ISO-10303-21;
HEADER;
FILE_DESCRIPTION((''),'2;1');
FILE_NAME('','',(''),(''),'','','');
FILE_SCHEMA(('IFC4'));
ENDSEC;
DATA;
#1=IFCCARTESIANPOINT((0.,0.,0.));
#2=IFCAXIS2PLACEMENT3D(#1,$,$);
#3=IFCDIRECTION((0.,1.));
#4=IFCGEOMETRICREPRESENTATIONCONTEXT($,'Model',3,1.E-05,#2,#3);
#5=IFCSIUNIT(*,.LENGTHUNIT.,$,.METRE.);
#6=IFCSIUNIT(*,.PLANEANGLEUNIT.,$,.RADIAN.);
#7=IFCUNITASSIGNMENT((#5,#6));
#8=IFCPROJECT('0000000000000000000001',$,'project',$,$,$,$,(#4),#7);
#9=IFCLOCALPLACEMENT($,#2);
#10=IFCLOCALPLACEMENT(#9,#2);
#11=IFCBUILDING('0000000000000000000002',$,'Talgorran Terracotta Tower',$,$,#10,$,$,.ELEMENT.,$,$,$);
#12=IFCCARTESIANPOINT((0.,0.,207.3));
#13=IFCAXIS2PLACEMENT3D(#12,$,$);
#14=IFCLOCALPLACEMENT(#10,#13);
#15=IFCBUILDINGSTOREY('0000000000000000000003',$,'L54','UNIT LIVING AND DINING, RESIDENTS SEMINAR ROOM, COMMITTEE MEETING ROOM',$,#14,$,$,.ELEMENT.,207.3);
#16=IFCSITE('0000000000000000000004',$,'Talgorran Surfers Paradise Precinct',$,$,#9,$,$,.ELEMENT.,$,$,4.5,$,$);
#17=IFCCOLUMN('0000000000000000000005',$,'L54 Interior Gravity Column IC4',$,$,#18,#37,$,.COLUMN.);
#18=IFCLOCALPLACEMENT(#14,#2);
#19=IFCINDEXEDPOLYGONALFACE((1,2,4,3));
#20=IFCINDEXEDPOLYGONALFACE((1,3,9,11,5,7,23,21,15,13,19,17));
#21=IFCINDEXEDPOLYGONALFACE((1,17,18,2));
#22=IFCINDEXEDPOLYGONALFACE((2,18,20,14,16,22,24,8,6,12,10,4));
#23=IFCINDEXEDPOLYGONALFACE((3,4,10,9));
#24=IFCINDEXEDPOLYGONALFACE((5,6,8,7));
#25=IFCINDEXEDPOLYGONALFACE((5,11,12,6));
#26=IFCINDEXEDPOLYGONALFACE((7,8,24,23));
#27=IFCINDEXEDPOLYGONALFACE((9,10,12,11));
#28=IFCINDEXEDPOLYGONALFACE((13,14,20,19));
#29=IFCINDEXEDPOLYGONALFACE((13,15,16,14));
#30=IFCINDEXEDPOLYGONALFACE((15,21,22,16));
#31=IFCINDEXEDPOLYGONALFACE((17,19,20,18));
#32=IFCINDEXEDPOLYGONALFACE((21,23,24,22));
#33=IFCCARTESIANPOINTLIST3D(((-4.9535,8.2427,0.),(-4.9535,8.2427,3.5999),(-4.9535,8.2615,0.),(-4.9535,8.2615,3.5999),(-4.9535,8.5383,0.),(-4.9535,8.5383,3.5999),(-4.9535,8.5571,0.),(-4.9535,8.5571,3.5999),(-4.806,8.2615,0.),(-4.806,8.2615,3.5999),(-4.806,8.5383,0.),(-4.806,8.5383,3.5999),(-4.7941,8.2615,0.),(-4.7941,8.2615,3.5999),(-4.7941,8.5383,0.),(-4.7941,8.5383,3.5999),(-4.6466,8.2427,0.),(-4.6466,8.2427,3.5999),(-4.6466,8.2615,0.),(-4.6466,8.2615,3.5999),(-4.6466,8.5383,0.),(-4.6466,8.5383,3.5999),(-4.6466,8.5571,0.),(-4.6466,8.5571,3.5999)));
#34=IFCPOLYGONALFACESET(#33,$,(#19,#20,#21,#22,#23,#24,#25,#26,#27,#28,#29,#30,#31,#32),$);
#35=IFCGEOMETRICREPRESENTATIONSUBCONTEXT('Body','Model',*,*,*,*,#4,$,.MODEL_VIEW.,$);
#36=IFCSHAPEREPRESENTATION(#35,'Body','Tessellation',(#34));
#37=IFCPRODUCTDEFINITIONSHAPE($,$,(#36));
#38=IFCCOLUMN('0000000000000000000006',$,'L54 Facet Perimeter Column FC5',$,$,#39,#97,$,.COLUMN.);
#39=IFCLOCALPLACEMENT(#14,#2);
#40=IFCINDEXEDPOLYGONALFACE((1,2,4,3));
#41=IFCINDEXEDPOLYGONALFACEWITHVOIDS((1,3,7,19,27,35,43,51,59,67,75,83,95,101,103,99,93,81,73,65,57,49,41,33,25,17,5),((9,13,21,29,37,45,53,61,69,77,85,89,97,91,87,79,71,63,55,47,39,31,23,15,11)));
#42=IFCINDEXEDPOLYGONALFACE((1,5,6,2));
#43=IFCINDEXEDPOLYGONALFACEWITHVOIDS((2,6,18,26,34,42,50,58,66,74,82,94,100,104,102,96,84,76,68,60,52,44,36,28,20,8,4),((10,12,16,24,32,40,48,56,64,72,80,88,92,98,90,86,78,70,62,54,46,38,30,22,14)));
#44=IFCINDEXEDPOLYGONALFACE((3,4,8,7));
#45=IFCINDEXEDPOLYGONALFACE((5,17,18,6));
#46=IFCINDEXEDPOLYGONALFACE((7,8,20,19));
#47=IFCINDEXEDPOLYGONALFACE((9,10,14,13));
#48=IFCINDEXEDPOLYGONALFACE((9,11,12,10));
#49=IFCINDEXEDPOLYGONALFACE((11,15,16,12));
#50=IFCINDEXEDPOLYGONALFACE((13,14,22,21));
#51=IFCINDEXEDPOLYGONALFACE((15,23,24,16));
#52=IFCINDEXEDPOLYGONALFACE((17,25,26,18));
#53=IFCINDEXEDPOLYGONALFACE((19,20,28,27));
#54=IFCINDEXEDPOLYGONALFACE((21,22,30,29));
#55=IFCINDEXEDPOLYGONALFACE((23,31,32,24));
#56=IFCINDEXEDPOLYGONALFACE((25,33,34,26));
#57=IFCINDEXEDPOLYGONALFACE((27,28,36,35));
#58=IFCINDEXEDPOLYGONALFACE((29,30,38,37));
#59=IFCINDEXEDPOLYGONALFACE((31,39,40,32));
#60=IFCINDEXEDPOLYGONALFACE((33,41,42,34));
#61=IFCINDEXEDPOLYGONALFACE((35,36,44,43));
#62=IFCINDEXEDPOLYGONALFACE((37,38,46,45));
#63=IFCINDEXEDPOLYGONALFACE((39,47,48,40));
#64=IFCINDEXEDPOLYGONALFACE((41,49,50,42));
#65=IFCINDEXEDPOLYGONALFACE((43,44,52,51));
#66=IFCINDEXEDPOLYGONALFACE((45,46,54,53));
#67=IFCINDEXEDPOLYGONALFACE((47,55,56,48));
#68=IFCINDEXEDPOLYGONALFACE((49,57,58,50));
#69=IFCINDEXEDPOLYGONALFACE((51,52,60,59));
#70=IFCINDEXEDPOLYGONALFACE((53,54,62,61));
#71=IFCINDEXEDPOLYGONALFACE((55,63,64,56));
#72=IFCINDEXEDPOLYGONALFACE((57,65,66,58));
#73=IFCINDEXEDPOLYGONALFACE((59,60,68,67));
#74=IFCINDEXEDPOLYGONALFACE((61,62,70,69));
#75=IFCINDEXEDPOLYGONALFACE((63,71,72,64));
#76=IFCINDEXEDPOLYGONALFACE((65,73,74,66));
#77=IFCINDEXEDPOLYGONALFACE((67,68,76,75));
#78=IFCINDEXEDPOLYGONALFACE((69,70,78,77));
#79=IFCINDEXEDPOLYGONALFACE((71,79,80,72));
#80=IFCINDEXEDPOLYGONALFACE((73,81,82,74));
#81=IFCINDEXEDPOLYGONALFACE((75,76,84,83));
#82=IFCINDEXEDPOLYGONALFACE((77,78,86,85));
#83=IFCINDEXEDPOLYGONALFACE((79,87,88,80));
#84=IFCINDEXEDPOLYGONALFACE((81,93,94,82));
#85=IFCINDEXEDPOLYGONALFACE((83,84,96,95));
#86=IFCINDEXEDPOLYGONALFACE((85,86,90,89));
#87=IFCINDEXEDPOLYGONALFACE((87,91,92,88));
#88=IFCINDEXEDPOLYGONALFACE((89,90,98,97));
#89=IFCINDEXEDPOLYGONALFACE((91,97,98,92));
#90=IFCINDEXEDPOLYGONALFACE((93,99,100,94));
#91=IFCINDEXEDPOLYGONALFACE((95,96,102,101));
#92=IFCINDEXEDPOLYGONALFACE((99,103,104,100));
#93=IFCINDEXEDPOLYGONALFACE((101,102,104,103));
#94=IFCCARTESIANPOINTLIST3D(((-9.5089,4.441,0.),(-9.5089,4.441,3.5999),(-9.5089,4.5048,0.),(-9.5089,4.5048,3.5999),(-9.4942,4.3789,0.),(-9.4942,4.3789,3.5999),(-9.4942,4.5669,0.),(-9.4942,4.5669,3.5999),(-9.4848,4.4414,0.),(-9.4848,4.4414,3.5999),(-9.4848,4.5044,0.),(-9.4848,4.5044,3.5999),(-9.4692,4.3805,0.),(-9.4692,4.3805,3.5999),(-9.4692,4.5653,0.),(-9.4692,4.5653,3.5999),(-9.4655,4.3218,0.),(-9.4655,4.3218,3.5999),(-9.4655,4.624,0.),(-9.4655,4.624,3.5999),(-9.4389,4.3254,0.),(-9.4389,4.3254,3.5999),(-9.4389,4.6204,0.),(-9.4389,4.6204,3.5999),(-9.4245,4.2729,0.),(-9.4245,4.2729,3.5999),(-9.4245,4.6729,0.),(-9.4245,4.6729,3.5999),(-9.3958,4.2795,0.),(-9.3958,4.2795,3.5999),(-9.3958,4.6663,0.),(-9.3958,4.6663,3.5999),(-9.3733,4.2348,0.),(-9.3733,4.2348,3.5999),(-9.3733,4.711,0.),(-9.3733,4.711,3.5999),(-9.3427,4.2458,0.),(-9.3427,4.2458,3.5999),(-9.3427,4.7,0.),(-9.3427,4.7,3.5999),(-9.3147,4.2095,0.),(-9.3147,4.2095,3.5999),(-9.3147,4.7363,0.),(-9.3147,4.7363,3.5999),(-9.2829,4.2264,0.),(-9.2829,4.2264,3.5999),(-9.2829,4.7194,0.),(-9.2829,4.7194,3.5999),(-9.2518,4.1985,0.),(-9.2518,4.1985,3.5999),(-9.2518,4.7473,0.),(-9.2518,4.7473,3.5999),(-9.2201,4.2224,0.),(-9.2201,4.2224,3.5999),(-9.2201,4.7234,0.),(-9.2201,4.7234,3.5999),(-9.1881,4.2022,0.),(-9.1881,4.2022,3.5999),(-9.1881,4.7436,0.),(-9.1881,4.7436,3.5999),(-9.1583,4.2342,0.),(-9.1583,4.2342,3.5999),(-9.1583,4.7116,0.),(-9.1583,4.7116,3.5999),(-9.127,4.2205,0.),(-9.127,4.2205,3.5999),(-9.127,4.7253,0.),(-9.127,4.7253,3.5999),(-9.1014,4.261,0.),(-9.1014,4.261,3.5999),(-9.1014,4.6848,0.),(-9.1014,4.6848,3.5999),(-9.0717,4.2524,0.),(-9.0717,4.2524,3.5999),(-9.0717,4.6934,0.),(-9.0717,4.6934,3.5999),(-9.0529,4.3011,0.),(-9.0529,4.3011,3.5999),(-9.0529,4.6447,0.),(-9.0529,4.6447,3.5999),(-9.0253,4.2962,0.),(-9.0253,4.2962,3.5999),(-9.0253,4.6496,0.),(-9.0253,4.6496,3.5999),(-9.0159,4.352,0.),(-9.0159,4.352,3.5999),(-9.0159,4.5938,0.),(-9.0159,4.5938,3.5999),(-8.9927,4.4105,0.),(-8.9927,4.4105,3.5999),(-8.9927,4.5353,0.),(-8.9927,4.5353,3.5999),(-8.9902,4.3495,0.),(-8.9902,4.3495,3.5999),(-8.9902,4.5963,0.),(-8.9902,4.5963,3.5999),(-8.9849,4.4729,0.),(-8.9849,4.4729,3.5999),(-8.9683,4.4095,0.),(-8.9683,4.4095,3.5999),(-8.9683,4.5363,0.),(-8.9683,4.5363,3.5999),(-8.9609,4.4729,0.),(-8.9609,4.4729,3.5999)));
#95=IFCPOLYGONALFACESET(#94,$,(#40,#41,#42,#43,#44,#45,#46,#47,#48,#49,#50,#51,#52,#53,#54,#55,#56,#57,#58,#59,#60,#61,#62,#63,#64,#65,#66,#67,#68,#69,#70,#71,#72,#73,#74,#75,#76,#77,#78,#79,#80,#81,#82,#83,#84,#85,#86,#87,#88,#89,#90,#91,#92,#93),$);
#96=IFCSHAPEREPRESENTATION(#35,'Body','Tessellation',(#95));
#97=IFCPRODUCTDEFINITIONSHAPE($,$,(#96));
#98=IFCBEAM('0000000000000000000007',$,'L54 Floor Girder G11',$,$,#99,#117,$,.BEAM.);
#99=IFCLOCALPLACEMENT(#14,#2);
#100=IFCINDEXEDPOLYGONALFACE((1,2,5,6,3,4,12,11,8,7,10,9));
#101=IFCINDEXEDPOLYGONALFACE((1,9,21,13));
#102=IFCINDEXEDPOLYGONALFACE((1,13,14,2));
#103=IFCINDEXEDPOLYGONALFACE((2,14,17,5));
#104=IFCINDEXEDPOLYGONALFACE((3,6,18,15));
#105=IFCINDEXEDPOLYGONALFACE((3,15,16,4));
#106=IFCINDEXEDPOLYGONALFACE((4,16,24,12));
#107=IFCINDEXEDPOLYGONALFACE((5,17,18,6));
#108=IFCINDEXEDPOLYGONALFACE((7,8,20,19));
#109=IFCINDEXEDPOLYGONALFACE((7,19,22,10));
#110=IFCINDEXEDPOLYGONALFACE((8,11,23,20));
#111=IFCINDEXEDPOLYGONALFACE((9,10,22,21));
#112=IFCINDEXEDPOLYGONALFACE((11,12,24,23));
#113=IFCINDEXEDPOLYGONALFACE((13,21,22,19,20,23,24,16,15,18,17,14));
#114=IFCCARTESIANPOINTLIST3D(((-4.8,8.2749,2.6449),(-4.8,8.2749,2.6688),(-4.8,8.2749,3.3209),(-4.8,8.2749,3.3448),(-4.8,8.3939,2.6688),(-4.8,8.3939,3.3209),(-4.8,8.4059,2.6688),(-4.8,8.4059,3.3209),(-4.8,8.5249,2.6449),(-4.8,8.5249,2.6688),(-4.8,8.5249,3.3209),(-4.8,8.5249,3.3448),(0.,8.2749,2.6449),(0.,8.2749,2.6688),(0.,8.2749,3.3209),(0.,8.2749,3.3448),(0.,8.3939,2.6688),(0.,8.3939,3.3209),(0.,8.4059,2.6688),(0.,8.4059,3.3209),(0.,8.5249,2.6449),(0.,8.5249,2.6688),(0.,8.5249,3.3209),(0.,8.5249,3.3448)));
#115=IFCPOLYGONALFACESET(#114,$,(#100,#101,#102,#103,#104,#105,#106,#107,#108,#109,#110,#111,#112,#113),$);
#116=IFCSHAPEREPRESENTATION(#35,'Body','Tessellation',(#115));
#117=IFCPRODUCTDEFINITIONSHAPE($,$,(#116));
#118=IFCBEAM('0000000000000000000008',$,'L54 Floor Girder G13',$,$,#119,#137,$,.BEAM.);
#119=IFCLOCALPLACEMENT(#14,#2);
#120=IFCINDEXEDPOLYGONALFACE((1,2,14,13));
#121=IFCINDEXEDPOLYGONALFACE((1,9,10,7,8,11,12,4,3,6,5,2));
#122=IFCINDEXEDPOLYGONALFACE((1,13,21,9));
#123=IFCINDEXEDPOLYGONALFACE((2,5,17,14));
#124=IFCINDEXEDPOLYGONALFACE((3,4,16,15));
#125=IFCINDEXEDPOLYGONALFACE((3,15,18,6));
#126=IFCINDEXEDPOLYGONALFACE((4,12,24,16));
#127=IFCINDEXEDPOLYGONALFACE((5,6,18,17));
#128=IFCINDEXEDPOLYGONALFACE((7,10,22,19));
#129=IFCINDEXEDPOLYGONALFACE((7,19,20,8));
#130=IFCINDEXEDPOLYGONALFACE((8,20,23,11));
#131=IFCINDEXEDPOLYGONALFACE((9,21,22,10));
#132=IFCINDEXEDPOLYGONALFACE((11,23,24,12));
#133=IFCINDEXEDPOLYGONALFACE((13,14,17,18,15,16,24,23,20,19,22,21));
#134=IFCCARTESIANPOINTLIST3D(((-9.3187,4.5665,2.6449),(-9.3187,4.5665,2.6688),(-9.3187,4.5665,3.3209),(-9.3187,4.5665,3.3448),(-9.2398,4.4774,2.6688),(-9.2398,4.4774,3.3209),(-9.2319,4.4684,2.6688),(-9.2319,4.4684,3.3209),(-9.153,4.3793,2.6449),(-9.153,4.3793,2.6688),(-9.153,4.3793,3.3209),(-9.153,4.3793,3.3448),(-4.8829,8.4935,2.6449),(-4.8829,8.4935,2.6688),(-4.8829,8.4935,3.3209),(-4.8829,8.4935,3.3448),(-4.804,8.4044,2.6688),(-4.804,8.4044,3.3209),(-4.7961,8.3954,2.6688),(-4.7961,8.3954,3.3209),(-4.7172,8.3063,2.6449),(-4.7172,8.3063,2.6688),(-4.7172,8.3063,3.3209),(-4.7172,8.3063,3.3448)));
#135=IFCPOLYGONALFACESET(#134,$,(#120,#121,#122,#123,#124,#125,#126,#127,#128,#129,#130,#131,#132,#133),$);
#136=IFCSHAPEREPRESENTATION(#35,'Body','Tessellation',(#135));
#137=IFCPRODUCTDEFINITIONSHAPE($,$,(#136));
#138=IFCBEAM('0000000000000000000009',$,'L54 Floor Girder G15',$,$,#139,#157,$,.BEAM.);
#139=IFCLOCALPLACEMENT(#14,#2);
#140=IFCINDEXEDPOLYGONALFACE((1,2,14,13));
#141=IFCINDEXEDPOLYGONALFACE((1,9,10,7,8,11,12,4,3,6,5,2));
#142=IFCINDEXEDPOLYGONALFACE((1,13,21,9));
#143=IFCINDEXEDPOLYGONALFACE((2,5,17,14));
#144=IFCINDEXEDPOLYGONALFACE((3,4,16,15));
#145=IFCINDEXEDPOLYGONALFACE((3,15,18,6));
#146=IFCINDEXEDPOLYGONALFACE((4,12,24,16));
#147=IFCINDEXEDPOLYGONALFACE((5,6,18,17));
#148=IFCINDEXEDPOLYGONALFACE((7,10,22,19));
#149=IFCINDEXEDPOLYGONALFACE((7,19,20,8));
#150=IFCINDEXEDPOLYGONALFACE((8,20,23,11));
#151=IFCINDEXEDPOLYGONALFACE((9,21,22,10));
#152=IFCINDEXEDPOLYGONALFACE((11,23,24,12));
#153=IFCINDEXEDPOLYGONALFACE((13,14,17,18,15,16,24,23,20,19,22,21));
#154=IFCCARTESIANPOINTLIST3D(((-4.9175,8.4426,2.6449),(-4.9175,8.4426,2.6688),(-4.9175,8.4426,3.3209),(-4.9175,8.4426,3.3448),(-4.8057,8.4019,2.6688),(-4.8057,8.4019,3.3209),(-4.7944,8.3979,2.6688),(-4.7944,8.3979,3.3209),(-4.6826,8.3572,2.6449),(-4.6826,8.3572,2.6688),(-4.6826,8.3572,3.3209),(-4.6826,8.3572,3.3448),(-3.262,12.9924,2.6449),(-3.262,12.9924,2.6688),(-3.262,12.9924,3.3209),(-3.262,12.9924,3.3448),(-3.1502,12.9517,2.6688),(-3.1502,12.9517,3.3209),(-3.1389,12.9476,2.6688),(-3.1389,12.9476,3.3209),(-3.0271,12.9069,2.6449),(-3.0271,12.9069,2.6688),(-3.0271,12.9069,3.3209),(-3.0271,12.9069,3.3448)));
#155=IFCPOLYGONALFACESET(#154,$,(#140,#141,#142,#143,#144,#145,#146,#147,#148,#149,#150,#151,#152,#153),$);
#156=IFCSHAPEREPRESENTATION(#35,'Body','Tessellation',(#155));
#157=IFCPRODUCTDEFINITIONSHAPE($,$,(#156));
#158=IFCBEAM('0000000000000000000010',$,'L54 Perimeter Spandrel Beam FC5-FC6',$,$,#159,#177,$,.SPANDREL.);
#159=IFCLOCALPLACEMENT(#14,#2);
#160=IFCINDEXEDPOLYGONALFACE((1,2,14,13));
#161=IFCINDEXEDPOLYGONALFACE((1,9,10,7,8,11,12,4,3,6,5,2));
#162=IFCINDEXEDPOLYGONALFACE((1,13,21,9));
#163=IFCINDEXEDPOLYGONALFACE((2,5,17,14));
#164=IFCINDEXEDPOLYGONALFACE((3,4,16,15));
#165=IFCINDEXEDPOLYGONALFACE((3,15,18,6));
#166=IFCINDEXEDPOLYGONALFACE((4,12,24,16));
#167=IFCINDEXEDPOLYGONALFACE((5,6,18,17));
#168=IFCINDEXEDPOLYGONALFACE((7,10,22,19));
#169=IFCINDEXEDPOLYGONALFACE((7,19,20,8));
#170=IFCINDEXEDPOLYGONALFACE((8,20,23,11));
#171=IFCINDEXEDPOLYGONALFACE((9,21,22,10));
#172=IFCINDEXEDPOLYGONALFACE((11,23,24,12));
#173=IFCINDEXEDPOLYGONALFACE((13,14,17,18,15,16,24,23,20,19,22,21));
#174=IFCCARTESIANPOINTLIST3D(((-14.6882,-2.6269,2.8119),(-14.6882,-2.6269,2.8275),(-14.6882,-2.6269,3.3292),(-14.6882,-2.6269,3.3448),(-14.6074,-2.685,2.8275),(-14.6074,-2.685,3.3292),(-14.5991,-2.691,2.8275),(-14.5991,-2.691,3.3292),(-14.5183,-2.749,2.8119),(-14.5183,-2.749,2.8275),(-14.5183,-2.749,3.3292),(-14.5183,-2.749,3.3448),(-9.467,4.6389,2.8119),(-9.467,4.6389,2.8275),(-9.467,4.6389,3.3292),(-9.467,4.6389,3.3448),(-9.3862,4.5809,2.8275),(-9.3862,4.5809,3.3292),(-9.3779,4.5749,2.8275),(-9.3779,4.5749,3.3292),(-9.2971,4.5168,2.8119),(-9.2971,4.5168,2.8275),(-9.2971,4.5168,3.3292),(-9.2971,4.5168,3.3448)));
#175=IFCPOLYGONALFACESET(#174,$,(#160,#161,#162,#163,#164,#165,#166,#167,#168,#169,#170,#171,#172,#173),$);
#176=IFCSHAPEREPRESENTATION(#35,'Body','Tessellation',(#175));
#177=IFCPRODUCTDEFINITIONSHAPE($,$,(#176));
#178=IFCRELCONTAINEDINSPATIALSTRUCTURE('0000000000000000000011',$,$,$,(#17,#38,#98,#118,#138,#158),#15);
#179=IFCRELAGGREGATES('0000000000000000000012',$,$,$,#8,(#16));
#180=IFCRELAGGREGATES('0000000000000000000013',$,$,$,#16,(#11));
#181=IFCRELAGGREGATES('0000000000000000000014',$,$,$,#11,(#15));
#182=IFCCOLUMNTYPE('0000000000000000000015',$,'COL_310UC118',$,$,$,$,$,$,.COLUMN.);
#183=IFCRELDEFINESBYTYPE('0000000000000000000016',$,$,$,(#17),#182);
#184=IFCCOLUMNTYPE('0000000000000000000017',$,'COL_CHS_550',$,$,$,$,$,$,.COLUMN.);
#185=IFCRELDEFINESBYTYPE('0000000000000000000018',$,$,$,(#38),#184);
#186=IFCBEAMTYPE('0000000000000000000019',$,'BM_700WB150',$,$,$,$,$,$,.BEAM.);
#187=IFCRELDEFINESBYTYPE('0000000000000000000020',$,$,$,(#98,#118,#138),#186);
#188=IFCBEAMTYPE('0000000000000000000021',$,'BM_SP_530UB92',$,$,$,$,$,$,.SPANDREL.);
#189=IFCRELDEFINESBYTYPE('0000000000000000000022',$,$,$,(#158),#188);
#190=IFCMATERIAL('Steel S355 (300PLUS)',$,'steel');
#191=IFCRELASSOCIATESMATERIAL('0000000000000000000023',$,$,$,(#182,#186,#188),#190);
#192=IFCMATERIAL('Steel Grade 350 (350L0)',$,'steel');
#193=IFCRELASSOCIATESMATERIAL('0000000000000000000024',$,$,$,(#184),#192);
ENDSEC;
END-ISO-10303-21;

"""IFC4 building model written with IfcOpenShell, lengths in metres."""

from ifc_helpers import new_model, si_unit, direction, frame, origin, origin_2d, place, context, subcontext, project, spatial, hollow_circle, i_section, extrude, material, material_profile, profile_set, type_object, element, save


model = new_model("IFC4")

# Units and contexts
model_context = context("Model", 3, precision=1e-05, world=origin(), true_north=direction((0.0, 1.0)))
body_context = subcontext(model_context, "Body", "Model", "MODEL_VIEW")
ifc_project = project(units=[si_unit("LENGTHUNIT", "METRE"), si_unit("PLANEANGLEUNIT", "RADIAN")], contexts=[model_context])

# Site, building, storey
site_placement = place(None, origin())
site = spatial("IfcSite", under=ifc_project, at=site_placement, Name="Talgorran Surfers Paradise Precinct", CompositionType="ELEMENT", RefElevation=4.5)
building_placement = place(site_placement, origin())
building = spatial("IfcBuilding", under=site, at=building_placement, Name="Talgorran Terracotta Tower", CompositionType="ELEMENT")
storey_placement = place(building_placement, frame((0.0, 0.0, 207.3)))
storey = spatial("IfcBuildingStorey", under=building, at=storey_placement, Name="L54", Description="UNIT LIVING AND DINING, RESIDENTS SEMINAR ROOM, COMMITTEE MEETING ROOM", CompositionType="ELEMENT", Elevation=207.3)

# Columns
ifc_material_1 = material(Name="Steel S355 (300PLUS)", Category="steel")
ifc_material_profile_1 = material_profile(ifc_material_1, i_section(OverallWidth=0.3069, OverallDepth=0.3145, WebThickness=0.012, FlangeThickness=0.0188, at=origin_2d()), Name="310UC118")
ifc_profile_set_1 = profile_set([ifc_material_profile_1], Name="Steel S355 (300PLUS)")
column_type_1 = type_object("IfcColumnType", Name="COL_310UC118", PredefinedType="COLUMN", material=ifc_profile_set_1)
column_1_placement = place(storey_placement, frame((-4.8, 8.3999, 0.0), z_axis=(0.0, 0.0, 1.0), x_axis=(1.0, 0.0, 0.0)))
element("IfcColumn", 1, at=column_1_placement, inside=storey, type_object=column_type_1, Name="L54 Interior Gravity Column IC4", PredefinedType="COLUMN", context=body_context, shape_type="SweptSolid", body=[
    extrude(i_section(OverallWidth=0.3069, OverallDepth=0.3145, WebThickness=0.012, FlangeThickness=0.0188, at=origin_2d()), origin(), (0.0, 0.0, 1.0), 3.5999),
])
ifc_material_2 = material(Name="Steel Grade 350 (350L0)", Category="steel")
ifc_material_profile_2 = material_profile(ifc_material_2, hollow_circle(Radius=0.2749, WallThickness=0.0239, at=origin_2d()), Name="CHS550X24")
ifc_profile_set_2 = profile_set([ifc_material_profile_2], Name="Steel Grade 350 (350L0)")
column_type_2 = type_object("IfcColumnType", Name="COL_CHS_550", PredefinedType="COLUMN", material=ifc_profile_set_2)
column_2_placement = place(storey_placement, frame((-9.2358, 4.4729, 0.0), z_axis=(0.0, 0.0, 1.0), x_axis=(1.0, 0.0, 0.0)))
element("IfcColumn", 2, at=column_2_placement, inside=storey, type_object=column_type_2, Name="L54 Facet Perimeter Column FC5", PredefinedType="COLUMN", context=body_context, shape_type="SweptSolid", body=[
    extrude(hollow_circle(Radius=0.2749, WallThickness=0.0239, at=origin_2d()), origin(), (0.0, 0.0, 1.0), 3.5999),
])

# Beams
ifc_material_profile_3 = material_profile(ifc_material_1, i_section(OverallWidth=0.25, OverallDepth=0.7, WebThickness=0.012, FlangeThickness=0.0239, at=origin_2d()), Name="700WB150")
ifc_profile_set_3 = profile_set([ifc_material_profile_3], Name="Steel S355 (300PLUS)")
beam_type_1 = type_object("IfcBeamType", Name="BM_700WB150", PredefinedType="BEAM", material=ifc_profile_set_3)
beam_1_placement = place(storey_placement, frame((-4.8, 8.3999, 2.9949), z_axis=(1.0, 0.0, 0.0), x_axis=(0.0, 1.0, 0.0)))
element("IfcBeam", 3, at=beam_1_placement, inside=storey, type_object=beam_type_1, Name="L54 Floor Girder G11", PredefinedType="BEAM", context=body_context, shape_type="SweptSolid", body=[
    extrude(i_section(OverallWidth=0.25, OverallDepth=0.7, WebThickness=0.012, FlangeThickness=0.0239, at=origin_2d()), origin(), (0.0, 0.0, 1.0), 4.8),
])
beam_2_placement = place(storey_placement, frame((-4.8, 8.3999, 2.9949), z_axis=(-0.748742, -0.662861, 0.0), x_axis=(0.662861, -0.748742, 0.0)))
element("IfcBeam", 4, at=beam_2_placement, inside=storey, type_object=beam_type_1, Name="L54 Floor Girder G13", PredefinedType="BEAM", context=body_context, shape_type="SweptSolid", body=[
    extrude(i_section(OverallWidth=0.25, OverallDepth=0.7, WebThickness=0.012, FlangeThickness=0.0239, at=origin_2d()), origin(), (0.0, 0.0, 1.0), 5.9243),
])
beam_3_placement = place(storey_placement, frame((-4.8, 8.3999, 2.9949), z_axis=(0.341933, 0.939724, 0.0), x_axis=(-0.939724, 0.341933, 0.0)))
element("IfcBeam", 5, at=beam_3_placement, inside=storey, type_object=beam_type_1, Name="L54 Floor Girder G15", PredefinedType="BEAM", context=body_context, shape_type="SweptSolid", body=[
    extrude(i_section(OverallWidth=0.25, OverallDepth=0.7, WebThickness=0.012, FlangeThickness=0.0239, at=origin_2d()), origin(), (0.0, 0.0, 1.0), 4.8416),
])
ifc_material_profile_4 = material_profile(ifc_material_1, i_section(OverallWidth=0.2092, OverallDepth=0.533, WebThickness=0.0103, FlangeThickness=0.0156, at=origin_2d()), Name="530UB92.4")
ifc_profile_set_4 = profile_set([ifc_material_profile_4], Name="Steel S355 (300PLUS)")
beam_type_2 = type_object("IfcBeamType", Name="BM_SP_530UB92", PredefinedType="SPANDREL", material=ifc_profile_set_4)
beam_4_placement = place(storey_placement, frame((-9.3821, 4.5779, 3.0784), z_axis=(-0.583551, -0.812076, 0.0), x_axis=(0.812076, -0.583551, 0.0)))
element("IfcBeam", 6, at=beam_4_placement, inside=storey, type_object=beam_type_2, Name="L54 Perimeter Spandrel Beam FC5-FC6", PredefinedType="SPANDREL", context=body_context, shape_type="SweptSolid", body=[
    extrude(i_section(OverallWidth=0.2092, OverallDepth=0.533, WebThickness=0.0103, FlangeThickness=0.0156, at=origin_2d()), origin(), (0.0, 0.0, 1.0), 8.9473),
])

save(model, "model.ifc")
